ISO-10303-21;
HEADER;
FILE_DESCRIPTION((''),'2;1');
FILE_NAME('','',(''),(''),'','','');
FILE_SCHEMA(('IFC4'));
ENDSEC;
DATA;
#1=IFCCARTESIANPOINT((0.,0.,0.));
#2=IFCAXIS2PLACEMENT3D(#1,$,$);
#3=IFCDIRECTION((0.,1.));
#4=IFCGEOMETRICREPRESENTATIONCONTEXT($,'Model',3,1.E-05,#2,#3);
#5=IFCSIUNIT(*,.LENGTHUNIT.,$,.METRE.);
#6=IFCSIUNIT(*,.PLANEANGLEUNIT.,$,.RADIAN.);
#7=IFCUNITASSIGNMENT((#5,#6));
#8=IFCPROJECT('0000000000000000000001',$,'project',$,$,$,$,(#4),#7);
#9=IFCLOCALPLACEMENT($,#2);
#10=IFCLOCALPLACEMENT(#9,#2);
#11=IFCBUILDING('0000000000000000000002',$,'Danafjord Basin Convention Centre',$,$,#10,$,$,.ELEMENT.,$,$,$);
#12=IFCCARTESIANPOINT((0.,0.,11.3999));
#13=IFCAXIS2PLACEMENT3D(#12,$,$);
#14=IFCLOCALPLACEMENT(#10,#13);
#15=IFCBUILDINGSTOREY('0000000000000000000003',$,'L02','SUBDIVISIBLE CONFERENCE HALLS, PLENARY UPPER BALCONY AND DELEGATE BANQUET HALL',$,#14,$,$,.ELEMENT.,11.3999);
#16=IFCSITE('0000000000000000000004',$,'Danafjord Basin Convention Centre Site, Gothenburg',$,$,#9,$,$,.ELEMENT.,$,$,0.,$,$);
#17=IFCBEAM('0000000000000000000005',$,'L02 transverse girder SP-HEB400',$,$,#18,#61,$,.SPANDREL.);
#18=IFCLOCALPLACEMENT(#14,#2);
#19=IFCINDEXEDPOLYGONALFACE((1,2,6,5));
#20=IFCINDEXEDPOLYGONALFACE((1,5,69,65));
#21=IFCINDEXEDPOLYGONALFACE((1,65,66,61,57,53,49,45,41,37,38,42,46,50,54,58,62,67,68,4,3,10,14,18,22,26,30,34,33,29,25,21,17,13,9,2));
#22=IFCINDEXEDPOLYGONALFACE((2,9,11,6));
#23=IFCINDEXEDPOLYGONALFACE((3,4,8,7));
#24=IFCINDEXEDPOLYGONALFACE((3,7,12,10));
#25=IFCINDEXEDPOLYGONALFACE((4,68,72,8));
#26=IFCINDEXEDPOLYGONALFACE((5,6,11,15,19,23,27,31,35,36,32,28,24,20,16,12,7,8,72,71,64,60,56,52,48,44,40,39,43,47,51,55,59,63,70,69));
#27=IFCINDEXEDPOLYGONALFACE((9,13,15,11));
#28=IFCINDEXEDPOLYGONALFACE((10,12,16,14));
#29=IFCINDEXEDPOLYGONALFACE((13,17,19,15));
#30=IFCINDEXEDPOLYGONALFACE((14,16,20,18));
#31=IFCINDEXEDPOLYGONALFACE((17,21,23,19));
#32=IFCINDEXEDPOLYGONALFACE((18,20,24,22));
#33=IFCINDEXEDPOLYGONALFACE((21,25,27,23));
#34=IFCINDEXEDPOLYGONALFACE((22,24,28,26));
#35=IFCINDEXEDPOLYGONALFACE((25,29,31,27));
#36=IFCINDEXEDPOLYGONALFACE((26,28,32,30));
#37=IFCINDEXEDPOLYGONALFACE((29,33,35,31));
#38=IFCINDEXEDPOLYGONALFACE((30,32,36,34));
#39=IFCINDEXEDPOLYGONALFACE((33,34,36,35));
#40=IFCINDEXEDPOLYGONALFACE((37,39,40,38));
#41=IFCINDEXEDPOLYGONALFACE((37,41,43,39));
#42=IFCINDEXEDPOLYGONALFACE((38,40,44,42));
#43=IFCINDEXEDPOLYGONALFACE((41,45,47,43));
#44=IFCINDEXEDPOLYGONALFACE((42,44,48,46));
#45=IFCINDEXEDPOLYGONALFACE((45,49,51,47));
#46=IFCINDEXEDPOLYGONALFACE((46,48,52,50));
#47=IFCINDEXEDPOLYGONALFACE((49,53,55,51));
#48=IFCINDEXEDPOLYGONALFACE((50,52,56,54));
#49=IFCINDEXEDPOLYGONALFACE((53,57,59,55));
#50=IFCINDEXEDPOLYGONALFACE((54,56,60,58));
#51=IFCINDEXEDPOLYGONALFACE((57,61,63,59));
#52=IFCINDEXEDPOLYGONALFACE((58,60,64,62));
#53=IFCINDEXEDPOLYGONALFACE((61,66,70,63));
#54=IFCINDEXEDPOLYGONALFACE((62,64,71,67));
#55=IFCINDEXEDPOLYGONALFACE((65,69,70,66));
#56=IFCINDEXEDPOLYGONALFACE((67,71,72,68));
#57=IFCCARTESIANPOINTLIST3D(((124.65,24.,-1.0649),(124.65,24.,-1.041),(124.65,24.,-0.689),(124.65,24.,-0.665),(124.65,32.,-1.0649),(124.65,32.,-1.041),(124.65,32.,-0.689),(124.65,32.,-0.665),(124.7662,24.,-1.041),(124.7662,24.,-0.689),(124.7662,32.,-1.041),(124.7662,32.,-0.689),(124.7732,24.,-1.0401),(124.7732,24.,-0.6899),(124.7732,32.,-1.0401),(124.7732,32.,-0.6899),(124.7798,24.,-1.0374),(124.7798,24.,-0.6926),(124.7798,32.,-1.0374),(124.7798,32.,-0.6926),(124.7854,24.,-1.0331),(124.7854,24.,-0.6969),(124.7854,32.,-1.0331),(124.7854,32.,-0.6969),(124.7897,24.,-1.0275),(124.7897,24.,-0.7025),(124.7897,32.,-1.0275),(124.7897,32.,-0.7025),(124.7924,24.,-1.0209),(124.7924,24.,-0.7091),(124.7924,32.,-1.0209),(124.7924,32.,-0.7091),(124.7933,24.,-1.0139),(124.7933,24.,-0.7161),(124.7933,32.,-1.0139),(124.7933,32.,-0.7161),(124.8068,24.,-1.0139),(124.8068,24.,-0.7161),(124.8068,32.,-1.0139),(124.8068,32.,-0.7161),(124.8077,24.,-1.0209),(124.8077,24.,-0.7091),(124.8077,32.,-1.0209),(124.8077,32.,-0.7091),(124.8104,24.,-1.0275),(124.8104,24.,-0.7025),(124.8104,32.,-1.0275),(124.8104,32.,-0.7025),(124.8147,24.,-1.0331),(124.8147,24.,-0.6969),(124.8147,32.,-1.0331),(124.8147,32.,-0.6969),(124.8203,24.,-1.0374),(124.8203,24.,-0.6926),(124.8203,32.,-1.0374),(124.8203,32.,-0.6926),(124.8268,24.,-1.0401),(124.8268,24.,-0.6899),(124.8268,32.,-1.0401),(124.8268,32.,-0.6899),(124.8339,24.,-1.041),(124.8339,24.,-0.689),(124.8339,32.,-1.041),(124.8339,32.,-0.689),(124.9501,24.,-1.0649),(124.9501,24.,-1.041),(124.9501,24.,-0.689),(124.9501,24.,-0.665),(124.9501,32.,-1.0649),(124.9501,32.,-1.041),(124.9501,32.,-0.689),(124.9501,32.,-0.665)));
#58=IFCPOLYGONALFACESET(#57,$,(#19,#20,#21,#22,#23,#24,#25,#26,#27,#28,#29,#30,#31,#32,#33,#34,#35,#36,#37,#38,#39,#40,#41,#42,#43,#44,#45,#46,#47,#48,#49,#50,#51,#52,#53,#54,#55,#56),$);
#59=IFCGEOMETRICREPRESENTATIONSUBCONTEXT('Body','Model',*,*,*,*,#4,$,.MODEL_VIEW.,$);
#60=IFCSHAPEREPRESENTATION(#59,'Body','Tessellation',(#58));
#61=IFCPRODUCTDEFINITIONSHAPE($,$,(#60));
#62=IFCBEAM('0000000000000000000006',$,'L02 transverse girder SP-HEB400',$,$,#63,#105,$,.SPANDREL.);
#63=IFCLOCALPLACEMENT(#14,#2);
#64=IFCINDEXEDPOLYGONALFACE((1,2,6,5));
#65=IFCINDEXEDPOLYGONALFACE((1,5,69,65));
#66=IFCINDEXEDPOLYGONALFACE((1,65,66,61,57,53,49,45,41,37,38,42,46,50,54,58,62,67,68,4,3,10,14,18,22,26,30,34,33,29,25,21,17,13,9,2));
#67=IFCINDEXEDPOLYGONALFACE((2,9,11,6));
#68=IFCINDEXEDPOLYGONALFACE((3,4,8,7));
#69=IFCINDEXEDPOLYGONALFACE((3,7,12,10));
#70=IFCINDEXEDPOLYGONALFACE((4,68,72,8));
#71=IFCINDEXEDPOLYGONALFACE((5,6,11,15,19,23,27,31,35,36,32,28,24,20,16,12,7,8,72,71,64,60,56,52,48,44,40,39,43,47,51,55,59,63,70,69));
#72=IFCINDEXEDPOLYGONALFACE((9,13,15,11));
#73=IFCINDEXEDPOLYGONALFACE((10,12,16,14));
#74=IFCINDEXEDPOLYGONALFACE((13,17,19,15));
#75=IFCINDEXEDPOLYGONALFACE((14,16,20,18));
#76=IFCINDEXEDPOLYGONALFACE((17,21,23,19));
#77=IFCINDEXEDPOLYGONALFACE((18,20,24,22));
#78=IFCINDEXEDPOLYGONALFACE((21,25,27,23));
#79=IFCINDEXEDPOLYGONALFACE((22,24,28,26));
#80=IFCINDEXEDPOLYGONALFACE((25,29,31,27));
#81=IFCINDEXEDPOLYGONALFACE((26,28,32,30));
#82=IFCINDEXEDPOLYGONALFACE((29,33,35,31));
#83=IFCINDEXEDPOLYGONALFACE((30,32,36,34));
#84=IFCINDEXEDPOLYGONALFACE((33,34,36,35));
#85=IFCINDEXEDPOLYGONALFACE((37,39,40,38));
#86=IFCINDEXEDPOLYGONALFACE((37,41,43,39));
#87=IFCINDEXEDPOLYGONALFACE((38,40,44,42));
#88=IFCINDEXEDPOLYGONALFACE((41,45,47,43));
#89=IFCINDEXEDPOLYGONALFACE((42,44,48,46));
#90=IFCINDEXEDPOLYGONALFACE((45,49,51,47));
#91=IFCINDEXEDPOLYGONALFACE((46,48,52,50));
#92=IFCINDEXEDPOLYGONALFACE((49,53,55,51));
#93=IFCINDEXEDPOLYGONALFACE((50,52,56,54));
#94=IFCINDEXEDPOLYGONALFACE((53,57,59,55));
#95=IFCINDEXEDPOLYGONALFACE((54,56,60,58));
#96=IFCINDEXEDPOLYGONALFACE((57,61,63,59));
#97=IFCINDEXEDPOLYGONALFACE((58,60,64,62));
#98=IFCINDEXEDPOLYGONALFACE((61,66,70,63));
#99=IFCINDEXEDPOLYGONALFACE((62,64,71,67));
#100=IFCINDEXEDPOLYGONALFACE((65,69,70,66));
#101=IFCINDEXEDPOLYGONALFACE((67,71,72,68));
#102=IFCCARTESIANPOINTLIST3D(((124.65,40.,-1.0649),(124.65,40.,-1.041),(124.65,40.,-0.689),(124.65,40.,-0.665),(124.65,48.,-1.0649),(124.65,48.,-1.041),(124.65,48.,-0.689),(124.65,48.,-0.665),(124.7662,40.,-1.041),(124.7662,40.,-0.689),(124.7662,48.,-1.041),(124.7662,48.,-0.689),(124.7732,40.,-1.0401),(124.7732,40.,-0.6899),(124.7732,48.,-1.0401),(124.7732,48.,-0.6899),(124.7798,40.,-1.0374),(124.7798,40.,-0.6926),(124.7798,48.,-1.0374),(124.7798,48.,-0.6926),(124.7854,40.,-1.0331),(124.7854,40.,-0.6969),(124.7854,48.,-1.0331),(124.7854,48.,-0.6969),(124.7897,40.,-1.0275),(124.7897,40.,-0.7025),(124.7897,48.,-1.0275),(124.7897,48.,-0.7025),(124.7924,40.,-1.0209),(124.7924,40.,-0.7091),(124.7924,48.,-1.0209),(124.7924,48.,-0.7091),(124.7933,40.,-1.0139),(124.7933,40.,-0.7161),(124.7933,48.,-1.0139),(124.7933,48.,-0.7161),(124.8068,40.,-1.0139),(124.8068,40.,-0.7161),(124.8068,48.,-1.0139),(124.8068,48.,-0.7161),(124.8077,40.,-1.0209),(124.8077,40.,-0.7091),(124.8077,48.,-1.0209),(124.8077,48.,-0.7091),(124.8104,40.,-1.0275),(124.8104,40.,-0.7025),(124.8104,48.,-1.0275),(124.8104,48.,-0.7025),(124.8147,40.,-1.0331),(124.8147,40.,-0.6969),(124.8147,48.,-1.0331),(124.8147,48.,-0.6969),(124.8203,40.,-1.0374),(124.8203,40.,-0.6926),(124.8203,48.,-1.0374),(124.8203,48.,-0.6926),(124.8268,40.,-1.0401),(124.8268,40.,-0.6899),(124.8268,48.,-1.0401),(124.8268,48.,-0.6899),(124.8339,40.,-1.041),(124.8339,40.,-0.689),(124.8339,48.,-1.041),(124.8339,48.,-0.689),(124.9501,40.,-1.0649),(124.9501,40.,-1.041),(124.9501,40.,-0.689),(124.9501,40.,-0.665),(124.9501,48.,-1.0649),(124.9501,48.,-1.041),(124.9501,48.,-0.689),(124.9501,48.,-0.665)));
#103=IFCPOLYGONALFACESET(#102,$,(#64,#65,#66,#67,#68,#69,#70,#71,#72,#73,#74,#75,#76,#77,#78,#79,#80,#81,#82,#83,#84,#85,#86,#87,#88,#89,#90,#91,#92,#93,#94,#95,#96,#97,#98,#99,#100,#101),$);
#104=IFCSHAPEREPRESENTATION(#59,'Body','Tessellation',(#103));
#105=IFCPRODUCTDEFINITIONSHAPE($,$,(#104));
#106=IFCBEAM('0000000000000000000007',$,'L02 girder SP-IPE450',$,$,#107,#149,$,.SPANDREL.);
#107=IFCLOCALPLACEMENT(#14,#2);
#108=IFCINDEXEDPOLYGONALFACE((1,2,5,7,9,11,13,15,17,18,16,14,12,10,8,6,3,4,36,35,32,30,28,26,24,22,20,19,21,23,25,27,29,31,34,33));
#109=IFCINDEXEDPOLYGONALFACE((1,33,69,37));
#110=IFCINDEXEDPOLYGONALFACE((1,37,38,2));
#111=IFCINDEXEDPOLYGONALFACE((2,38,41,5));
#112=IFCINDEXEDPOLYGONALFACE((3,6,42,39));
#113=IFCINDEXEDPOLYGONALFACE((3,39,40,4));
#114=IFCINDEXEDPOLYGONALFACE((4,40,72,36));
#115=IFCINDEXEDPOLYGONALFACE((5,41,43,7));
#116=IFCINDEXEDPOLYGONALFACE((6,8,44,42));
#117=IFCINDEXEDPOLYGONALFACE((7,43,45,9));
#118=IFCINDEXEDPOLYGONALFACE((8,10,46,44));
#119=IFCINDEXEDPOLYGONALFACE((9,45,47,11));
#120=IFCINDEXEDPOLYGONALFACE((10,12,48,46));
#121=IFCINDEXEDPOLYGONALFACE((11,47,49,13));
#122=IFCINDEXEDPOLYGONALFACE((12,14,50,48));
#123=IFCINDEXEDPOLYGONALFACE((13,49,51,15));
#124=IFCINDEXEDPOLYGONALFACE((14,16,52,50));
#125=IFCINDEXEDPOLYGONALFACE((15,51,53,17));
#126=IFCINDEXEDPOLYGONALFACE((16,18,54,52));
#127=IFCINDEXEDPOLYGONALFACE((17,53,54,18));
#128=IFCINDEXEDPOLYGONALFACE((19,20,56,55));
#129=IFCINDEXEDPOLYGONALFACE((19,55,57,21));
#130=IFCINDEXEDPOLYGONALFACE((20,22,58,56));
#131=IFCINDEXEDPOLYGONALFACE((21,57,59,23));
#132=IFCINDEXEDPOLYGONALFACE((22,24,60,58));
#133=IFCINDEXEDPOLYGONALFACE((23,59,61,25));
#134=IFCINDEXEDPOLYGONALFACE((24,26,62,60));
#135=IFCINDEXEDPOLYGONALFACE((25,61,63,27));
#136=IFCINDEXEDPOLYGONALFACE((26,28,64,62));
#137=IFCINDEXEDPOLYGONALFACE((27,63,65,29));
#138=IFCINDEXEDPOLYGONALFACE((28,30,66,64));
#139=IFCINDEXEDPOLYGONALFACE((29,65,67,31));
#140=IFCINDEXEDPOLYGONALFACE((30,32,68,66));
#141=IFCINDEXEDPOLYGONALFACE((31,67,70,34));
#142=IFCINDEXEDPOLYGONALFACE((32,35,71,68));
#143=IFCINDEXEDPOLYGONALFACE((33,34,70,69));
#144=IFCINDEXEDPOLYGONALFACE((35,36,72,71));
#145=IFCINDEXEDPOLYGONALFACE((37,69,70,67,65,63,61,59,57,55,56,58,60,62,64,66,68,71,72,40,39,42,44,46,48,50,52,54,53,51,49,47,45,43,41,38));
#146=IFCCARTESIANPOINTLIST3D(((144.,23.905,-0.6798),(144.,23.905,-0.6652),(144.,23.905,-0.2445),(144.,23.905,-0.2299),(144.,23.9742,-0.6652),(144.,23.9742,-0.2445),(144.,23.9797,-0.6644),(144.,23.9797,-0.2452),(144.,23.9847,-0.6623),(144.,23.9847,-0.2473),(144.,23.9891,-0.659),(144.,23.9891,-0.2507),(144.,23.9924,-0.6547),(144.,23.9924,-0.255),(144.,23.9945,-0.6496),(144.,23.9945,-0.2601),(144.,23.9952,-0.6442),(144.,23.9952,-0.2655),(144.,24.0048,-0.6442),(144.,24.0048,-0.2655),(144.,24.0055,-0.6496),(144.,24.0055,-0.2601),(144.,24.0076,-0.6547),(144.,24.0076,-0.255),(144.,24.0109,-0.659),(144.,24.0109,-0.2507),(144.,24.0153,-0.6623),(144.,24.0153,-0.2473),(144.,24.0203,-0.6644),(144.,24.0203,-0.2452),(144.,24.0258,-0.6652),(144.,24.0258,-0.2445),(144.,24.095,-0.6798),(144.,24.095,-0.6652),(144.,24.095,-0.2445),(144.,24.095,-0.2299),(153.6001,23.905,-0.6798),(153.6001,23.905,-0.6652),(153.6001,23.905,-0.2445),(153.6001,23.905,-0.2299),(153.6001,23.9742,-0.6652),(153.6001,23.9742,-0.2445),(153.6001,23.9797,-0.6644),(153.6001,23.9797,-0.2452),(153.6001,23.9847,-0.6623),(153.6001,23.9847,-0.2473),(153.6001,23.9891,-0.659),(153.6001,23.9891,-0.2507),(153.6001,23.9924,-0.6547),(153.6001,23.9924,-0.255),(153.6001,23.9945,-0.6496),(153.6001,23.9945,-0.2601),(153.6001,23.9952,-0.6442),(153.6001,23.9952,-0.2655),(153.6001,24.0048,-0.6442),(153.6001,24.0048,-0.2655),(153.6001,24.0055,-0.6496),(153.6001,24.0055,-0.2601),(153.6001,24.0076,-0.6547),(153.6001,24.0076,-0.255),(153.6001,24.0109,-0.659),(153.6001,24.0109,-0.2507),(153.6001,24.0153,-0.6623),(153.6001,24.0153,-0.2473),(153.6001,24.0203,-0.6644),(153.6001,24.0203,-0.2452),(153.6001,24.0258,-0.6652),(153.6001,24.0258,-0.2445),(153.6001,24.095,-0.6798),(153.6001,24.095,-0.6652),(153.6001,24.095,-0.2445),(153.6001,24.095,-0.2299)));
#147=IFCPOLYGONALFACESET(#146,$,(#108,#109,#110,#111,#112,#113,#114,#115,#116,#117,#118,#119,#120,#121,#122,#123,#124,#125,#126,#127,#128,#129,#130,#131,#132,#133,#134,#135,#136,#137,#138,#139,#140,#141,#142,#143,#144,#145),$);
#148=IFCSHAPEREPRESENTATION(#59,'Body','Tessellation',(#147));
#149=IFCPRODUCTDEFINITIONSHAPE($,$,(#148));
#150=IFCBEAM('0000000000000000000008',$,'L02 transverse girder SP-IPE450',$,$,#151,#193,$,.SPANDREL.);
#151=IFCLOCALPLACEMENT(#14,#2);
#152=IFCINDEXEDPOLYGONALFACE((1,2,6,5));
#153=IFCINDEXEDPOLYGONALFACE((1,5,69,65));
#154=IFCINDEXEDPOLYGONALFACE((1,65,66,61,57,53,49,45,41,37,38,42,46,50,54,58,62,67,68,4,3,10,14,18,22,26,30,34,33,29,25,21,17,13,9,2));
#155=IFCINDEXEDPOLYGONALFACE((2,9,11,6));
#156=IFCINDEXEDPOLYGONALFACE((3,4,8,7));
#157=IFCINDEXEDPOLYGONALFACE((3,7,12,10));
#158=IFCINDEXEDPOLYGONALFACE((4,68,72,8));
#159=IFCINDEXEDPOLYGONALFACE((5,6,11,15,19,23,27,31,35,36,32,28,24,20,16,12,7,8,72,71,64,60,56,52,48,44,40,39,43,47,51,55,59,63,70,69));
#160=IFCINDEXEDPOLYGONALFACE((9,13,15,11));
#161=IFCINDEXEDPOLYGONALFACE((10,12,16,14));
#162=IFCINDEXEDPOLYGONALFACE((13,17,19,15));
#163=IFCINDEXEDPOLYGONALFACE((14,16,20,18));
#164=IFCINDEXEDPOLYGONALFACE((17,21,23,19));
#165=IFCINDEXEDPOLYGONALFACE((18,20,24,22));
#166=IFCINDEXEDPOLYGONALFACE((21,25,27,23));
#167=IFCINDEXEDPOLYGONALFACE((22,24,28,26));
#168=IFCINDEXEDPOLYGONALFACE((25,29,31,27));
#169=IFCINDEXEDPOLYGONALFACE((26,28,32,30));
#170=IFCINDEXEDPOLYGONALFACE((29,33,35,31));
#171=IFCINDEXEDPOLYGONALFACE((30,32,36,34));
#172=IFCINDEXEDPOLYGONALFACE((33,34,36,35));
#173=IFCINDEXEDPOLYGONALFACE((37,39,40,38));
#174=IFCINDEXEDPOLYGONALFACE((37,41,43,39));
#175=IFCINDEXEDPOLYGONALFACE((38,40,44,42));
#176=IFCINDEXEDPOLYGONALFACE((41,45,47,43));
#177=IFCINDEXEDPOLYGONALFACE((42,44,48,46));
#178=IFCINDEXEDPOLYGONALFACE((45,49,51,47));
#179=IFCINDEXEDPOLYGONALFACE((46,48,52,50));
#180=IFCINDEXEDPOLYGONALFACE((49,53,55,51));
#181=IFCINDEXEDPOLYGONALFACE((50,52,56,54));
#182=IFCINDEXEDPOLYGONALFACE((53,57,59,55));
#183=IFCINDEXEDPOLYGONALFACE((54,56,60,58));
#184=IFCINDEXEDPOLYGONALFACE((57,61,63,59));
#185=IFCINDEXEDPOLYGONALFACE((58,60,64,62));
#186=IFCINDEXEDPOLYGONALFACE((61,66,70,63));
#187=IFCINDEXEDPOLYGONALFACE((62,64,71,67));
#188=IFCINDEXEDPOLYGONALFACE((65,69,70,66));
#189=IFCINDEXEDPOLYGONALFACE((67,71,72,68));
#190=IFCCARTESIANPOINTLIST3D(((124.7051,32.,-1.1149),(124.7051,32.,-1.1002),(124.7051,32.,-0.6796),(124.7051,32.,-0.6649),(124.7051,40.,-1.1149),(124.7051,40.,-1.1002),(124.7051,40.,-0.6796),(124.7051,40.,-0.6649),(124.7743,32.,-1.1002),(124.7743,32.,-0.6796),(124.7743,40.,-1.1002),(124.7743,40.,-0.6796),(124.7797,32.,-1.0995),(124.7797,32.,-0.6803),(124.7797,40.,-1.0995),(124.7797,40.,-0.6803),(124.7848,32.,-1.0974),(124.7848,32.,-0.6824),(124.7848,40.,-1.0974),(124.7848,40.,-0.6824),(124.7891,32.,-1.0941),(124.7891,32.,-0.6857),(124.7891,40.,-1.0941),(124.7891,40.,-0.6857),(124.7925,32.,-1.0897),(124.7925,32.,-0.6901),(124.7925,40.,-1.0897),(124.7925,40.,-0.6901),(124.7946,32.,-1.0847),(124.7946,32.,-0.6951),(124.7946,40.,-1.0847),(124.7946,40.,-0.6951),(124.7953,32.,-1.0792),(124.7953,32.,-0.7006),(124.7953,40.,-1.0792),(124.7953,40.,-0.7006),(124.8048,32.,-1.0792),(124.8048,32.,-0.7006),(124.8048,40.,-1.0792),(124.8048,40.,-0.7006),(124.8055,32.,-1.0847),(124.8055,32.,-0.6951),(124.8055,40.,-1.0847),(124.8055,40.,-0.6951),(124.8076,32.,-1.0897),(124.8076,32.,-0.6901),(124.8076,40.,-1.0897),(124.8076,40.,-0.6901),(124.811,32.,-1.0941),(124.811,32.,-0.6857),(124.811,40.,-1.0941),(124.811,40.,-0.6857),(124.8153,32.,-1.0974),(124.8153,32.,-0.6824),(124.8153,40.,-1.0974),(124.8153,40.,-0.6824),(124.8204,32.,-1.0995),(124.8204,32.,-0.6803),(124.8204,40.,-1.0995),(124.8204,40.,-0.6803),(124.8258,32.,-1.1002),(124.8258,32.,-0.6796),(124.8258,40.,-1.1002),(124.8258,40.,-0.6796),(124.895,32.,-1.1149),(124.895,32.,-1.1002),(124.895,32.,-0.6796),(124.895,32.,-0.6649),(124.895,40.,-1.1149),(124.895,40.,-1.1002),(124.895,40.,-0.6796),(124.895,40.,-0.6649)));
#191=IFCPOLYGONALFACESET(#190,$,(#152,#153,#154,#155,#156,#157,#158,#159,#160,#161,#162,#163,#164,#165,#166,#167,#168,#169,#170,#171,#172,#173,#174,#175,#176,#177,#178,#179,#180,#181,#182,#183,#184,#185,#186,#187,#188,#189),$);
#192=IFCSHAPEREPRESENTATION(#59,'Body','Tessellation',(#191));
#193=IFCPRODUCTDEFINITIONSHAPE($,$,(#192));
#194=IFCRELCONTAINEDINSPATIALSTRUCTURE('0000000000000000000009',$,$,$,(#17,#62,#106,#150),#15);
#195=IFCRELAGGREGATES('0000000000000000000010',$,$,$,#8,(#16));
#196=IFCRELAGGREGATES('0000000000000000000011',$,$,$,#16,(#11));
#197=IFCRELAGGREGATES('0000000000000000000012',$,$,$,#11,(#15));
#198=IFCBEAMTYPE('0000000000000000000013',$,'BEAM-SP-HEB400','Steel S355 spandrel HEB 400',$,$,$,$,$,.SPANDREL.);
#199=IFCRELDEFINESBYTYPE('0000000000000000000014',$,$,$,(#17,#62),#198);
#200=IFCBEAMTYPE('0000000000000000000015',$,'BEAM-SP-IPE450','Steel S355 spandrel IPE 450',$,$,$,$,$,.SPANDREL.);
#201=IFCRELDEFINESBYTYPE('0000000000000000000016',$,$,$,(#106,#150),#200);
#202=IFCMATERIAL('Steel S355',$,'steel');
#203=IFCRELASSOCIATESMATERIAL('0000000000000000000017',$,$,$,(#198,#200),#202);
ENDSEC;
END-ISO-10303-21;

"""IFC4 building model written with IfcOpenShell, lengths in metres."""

from ifc_helpers import new_model, si_unit, direction, frame, origin, origin_2d, place, context, subcontext, project, spatial, i_section, extrude, material, material_profile, profile_set, type_object, element, save


model = new_model("IFC4")

# Units and contexts
model_context = context("Model", 3, precision=1e-05, world=origin(), true_north=direction((0.0, 1.0)))
body_context = subcontext(model_context, "Body", "Model", "MODEL_VIEW")
ifc_project = project(units=[si_unit("LENGTHUNIT", "METRE"), si_unit("PLANEANGLEUNIT", "RADIAN")], contexts=[model_context])

# Site, building, storey
site_placement = place(None, origin())
site = spatial("IfcSite", under=ifc_project, at=site_placement, Name="Danafjord Basin Convention Centre Site, Gothenburg", CompositionType="ELEMENT", RefElevation=0.0)
building_placement = place(site_placement, origin())
building = spatial("IfcBuilding", under=site, at=building_placement, Name="Danafjord Basin Convention Centre", CompositionType="ELEMENT")
storey_placement = place(building_placement, frame((0.0, 0.0, 11.3999)))
storey = spatial("IfcBuildingStorey", under=building, at=storey_placement, Name="L02", Description="SUBDIVISIBLE CONFERENCE HALLS, PLENARY UPPER BALCONY AND DELEGATE BANQUET HALL", CompositionType="ELEMENT", Elevation=11.3999)

# Shared definitions
ifc_material = material(Name="Steel S355", Category="steel")

# Beams
ifc_material_profile_1 = material_profile(ifc_material, i_section(OverallWidth=0.3, OverallDepth=0.3999, WebThickness=0.0134, FlangeThickness=0.0239, FilletRadius=0.0271, at=origin_2d()), Name="HEB 400")
ifc_profile_set_1 = profile_set([ifc_material_profile_1], Name="Steel S355")
beam_type_1 = type_object("IfcBeamType", Name="BEAM-SP-HEB400", Description="Steel S355 spandrel HEB 400", PredefinedType="SPANDREL", material=ifc_profile_set_1)
for number, where, z_axis, x_axis, name in (
    (1, (124.8, 24.0, -0.865), (0.0, 1.0, 0.0), (-1.0, 0.0, 0.0), "L02 transverse girder SP-HEB400"),
    (2, (124.8, 40.0, -0.865), (0.0, 1.0, 0.0), (-1.0, 0.0, 0.0), "L02 transverse girder SP-HEB400"),
):
    element("IfcBeam", number, at=place(storey_placement, frame(where, z_axis=z_axis, x_axis=x_axis)), inside=storey, type_object=beam_type_1, Name=name, PredefinedType="SPANDREL", context=body_context, shape_type="SweptSolid", body=[
        extrude(i_section(OverallWidth=0.3, OverallDepth=0.3999, WebThickness=0.0134, FlangeThickness=0.0239, FilletRadius=0.0271, at=origin_2d()), origin(), (0.0, 0.0, 1.0), 8.0),
    ])
ifc_material_profile_2 = material_profile(ifc_material, i_section(OverallWidth=0.1899, OverallDepth=0.45, WebThickness=0.0095, FlangeThickness=0.0146, FilletRadius=0.021, at=origin_2d()), Name="IPE 450")
ifc_profile_set_2 = profile_set([ifc_material_profile_2], Name="Steel S355")
beam_type_2 = type_object("IfcBeamType", Name="BEAM-SP-IPE450", Description="Steel S355 spandrel IPE 450", PredefinedType="SPANDREL", material=ifc_profile_set_2)
beam_1_placement = place(storey_placement, frame((144.0, 24.0, -0.4548), z_axis=(1.0, 0.0, 0.0), x_axis=(0.0, 1.0, 0.0)))
element("IfcBeam", 3, at=beam_1_placement, inside=storey, type_object=beam_type_2, Name="L02 girder SP-IPE450", PredefinedType="SPANDREL", context=body_context, shape_type="SweptSolid", body=[
    extrude(i_section(OverallWidth=0.1899, OverallDepth=0.45, WebThickness=0.0095, FlangeThickness=0.0146, FilletRadius=0.021, at=origin_2d()), origin(), (0.0, 0.0, 1.0), 9.6001),
])
for number, where, z_axis, x_axis, name in (
    (4, (124.8, 32.0, -0.8899), (0.0, 1.0, 0.0), (-1.0, 0.0, 0.0), "L02 transverse girder SP-IPE450"),
):
    element("IfcBeam", number, at=place(storey_placement, frame(where, z_axis=z_axis, x_axis=x_axis)), inside=storey, type_object=beam_type_2, Name=name, PredefinedType="SPANDREL", context=body_context, shape_type="SweptSolid", body=[
        extrude(i_section(OverallWidth=0.1899, OverallDepth=0.45, WebThickness=0.0095, FlangeThickness=0.0146, FilletRadius=0.021, at=origin_2d()), origin(), (0.0, 0.0, 1.0), 8.0),
    ])

save(model, "model.ifc")
